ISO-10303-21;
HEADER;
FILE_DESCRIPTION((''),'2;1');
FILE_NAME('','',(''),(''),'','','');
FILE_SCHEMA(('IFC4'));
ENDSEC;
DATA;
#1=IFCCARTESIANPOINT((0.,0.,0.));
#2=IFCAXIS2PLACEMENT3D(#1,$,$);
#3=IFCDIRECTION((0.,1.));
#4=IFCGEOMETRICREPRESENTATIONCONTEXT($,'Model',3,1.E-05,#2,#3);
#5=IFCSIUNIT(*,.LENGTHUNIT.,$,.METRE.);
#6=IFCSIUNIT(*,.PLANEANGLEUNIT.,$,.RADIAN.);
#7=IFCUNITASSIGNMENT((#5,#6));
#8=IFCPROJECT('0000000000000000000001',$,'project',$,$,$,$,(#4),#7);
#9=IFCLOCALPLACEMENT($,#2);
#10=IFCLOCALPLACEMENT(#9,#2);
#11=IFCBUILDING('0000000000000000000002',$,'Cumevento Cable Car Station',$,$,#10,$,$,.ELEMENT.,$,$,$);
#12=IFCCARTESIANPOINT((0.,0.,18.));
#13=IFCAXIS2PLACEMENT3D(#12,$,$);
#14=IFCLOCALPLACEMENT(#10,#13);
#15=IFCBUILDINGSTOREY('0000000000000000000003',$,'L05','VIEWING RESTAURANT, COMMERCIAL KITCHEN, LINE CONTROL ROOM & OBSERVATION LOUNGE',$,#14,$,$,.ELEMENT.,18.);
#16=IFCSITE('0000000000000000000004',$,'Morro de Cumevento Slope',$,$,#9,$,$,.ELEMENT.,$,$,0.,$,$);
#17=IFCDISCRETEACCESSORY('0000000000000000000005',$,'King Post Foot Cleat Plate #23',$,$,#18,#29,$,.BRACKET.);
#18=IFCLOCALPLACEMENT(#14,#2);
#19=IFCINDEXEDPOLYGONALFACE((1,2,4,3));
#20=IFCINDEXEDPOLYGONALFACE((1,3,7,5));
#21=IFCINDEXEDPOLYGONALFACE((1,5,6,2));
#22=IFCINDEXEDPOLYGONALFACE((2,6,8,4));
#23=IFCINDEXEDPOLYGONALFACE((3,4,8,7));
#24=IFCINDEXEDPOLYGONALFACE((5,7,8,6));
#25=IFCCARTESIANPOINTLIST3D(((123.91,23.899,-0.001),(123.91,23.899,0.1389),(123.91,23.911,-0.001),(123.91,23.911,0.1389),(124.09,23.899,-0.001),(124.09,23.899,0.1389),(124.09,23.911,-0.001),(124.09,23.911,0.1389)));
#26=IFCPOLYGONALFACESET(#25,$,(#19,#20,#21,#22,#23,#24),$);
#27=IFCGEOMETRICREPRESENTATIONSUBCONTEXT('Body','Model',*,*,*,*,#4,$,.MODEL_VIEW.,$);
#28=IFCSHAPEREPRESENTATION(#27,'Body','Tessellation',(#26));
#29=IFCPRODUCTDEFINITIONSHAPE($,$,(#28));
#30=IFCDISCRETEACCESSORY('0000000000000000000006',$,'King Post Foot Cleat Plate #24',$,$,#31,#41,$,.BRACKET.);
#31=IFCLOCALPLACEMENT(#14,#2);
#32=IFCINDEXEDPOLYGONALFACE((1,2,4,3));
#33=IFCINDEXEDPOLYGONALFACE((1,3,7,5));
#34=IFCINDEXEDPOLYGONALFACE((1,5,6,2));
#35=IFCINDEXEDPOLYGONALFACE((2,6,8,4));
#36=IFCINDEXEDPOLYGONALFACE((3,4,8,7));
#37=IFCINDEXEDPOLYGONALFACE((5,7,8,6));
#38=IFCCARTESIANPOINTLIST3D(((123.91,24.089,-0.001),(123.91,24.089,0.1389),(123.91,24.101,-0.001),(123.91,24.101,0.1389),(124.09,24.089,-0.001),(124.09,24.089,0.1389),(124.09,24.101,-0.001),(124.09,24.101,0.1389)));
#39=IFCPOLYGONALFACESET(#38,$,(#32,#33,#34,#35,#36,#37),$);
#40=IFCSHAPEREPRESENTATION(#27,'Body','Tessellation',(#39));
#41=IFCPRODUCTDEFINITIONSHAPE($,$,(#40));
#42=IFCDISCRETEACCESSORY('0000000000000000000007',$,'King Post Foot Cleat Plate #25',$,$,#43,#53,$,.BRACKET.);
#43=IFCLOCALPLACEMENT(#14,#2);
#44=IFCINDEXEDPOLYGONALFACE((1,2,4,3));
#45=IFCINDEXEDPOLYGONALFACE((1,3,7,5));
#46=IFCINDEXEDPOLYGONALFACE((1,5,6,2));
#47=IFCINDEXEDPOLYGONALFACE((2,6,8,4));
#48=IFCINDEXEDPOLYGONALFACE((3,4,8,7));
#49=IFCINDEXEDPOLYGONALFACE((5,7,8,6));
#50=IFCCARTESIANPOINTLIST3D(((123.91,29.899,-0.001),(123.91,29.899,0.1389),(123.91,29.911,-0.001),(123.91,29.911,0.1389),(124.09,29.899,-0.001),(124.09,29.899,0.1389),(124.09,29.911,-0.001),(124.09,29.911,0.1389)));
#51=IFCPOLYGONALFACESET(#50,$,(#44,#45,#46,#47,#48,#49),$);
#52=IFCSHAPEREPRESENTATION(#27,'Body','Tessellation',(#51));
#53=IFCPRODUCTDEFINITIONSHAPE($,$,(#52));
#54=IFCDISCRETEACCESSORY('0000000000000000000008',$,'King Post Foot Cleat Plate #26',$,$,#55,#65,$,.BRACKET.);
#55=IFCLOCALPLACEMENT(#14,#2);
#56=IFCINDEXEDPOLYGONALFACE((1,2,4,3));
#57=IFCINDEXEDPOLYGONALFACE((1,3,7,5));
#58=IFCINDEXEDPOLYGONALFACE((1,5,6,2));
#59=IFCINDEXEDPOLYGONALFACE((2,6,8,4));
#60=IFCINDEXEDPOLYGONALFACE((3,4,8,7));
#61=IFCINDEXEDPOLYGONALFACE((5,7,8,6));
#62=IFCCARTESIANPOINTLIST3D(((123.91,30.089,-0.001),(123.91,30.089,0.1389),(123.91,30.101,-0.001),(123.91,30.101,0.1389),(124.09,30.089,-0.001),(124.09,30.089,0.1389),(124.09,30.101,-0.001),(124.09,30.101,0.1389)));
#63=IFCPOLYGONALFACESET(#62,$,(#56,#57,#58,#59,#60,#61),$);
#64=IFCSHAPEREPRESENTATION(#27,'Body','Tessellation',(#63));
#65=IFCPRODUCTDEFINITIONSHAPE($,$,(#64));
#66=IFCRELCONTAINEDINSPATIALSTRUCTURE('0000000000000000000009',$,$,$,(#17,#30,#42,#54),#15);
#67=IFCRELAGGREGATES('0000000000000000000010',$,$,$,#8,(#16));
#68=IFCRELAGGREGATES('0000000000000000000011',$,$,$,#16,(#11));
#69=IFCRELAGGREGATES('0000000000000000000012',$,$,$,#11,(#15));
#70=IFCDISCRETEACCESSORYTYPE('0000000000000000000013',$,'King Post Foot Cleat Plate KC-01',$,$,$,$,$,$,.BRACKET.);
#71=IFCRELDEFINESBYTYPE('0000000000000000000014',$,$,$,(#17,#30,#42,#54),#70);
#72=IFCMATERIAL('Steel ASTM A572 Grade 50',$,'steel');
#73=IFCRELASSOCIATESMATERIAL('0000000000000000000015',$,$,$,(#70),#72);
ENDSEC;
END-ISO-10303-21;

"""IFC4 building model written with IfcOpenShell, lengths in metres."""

from ifc_helpers import new_model, si_unit, direction, frame, origin, origin_2d, place, context, subcontext, project, spatial, rectangle, extrude, material, type_object, element, save


model = new_model("IFC4")

# Units and contexts
model_context = context("Model", 3, precision=1e-05, world=origin(), true_north=direction((0.0, 1.0)))
body_context = subcontext(model_context, "Body", "Model", "MODEL_VIEW")
ifc_project = project(units=[si_unit("LENGTHUNIT", "METRE"), si_unit("PLANEANGLEUNIT", "RADIAN")], contexts=[model_context])

# Site, building, storey
site_placement = place(None, origin())
site = spatial("IfcSite", under=ifc_project, at=site_placement, Name="Morro de Cumevento Slope", CompositionType="ELEMENT", RefElevation=0.0)
building_placement = place(site_placement, origin())
building = spatial("IfcBuilding", under=site, at=building_placement, Name="Cumevento Cable Car Station", CompositionType="ELEMENT")
storey_placement = place(building_placement, frame((0.0, 0.0, 18.0)))
storey = spatial("IfcBuildingStorey", under=building, at=storey_placement, Name="L05", Description="VIEWING RESTAURANT, COMMERCIAL KITCHEN, LINE CONTROL ROOM & OBSERVATION LOUNGE", CompositionType="ELEMENT", Elevation=18.0)

# Discrete accessories
ifc_material_1 = material(Name="Steel ASTM A572 Grade 50", Category="steel")
discrete_accessory_type = type_object("IfcDiscreteAccessoryType", Name="King Post Foot Cleat Plate KC-01", PredefinedType="BRACKET", material=ifc_material_1)
for number, where, z_axis, x_axis, name in (
    (1, (124.0, 23.905, -0.001), (0.0, 0.0, 1.0), (0.0, 1.0, 0.0), "King Post Foot Cleat Plate #23"),
    (2, (124.0, 24.095, -0.001), (0.0, 0.0, 1.0), (0.0, 1.0, 0.0), "King Post Foot Cleat Plate #24"),
    (3, (124.0, 29.905, -0.001), (0.0, 0.0, 1.0), (0.0, 1.0, 0.0), "King Post Foot Cleat Plate #25"),
    (4, (124.0, 30.095, -0.001), (0.0, 0.0, 1.0), (0.0, 1.0, 0.0), "King Post Foot Cleat Plate #26"),
):
    element("IfcDiscreteAccessory", number, at=place(storey_placement, frame(where, z_axis=z_axis, x_axis=x_axis)), inside=storey, type_object=discrete_accessory_type, Name=name, PredefinedType="BRACKET", context=body_context, shape_type="SweptSolid", body=[
        extrude(rectangle(XDim=0.012, YDim=0.1799, at=origin_2d()), origin(), (0.0, 0.0, 1.0), 0.1399),
    ])

save(model, "model.ifc")
